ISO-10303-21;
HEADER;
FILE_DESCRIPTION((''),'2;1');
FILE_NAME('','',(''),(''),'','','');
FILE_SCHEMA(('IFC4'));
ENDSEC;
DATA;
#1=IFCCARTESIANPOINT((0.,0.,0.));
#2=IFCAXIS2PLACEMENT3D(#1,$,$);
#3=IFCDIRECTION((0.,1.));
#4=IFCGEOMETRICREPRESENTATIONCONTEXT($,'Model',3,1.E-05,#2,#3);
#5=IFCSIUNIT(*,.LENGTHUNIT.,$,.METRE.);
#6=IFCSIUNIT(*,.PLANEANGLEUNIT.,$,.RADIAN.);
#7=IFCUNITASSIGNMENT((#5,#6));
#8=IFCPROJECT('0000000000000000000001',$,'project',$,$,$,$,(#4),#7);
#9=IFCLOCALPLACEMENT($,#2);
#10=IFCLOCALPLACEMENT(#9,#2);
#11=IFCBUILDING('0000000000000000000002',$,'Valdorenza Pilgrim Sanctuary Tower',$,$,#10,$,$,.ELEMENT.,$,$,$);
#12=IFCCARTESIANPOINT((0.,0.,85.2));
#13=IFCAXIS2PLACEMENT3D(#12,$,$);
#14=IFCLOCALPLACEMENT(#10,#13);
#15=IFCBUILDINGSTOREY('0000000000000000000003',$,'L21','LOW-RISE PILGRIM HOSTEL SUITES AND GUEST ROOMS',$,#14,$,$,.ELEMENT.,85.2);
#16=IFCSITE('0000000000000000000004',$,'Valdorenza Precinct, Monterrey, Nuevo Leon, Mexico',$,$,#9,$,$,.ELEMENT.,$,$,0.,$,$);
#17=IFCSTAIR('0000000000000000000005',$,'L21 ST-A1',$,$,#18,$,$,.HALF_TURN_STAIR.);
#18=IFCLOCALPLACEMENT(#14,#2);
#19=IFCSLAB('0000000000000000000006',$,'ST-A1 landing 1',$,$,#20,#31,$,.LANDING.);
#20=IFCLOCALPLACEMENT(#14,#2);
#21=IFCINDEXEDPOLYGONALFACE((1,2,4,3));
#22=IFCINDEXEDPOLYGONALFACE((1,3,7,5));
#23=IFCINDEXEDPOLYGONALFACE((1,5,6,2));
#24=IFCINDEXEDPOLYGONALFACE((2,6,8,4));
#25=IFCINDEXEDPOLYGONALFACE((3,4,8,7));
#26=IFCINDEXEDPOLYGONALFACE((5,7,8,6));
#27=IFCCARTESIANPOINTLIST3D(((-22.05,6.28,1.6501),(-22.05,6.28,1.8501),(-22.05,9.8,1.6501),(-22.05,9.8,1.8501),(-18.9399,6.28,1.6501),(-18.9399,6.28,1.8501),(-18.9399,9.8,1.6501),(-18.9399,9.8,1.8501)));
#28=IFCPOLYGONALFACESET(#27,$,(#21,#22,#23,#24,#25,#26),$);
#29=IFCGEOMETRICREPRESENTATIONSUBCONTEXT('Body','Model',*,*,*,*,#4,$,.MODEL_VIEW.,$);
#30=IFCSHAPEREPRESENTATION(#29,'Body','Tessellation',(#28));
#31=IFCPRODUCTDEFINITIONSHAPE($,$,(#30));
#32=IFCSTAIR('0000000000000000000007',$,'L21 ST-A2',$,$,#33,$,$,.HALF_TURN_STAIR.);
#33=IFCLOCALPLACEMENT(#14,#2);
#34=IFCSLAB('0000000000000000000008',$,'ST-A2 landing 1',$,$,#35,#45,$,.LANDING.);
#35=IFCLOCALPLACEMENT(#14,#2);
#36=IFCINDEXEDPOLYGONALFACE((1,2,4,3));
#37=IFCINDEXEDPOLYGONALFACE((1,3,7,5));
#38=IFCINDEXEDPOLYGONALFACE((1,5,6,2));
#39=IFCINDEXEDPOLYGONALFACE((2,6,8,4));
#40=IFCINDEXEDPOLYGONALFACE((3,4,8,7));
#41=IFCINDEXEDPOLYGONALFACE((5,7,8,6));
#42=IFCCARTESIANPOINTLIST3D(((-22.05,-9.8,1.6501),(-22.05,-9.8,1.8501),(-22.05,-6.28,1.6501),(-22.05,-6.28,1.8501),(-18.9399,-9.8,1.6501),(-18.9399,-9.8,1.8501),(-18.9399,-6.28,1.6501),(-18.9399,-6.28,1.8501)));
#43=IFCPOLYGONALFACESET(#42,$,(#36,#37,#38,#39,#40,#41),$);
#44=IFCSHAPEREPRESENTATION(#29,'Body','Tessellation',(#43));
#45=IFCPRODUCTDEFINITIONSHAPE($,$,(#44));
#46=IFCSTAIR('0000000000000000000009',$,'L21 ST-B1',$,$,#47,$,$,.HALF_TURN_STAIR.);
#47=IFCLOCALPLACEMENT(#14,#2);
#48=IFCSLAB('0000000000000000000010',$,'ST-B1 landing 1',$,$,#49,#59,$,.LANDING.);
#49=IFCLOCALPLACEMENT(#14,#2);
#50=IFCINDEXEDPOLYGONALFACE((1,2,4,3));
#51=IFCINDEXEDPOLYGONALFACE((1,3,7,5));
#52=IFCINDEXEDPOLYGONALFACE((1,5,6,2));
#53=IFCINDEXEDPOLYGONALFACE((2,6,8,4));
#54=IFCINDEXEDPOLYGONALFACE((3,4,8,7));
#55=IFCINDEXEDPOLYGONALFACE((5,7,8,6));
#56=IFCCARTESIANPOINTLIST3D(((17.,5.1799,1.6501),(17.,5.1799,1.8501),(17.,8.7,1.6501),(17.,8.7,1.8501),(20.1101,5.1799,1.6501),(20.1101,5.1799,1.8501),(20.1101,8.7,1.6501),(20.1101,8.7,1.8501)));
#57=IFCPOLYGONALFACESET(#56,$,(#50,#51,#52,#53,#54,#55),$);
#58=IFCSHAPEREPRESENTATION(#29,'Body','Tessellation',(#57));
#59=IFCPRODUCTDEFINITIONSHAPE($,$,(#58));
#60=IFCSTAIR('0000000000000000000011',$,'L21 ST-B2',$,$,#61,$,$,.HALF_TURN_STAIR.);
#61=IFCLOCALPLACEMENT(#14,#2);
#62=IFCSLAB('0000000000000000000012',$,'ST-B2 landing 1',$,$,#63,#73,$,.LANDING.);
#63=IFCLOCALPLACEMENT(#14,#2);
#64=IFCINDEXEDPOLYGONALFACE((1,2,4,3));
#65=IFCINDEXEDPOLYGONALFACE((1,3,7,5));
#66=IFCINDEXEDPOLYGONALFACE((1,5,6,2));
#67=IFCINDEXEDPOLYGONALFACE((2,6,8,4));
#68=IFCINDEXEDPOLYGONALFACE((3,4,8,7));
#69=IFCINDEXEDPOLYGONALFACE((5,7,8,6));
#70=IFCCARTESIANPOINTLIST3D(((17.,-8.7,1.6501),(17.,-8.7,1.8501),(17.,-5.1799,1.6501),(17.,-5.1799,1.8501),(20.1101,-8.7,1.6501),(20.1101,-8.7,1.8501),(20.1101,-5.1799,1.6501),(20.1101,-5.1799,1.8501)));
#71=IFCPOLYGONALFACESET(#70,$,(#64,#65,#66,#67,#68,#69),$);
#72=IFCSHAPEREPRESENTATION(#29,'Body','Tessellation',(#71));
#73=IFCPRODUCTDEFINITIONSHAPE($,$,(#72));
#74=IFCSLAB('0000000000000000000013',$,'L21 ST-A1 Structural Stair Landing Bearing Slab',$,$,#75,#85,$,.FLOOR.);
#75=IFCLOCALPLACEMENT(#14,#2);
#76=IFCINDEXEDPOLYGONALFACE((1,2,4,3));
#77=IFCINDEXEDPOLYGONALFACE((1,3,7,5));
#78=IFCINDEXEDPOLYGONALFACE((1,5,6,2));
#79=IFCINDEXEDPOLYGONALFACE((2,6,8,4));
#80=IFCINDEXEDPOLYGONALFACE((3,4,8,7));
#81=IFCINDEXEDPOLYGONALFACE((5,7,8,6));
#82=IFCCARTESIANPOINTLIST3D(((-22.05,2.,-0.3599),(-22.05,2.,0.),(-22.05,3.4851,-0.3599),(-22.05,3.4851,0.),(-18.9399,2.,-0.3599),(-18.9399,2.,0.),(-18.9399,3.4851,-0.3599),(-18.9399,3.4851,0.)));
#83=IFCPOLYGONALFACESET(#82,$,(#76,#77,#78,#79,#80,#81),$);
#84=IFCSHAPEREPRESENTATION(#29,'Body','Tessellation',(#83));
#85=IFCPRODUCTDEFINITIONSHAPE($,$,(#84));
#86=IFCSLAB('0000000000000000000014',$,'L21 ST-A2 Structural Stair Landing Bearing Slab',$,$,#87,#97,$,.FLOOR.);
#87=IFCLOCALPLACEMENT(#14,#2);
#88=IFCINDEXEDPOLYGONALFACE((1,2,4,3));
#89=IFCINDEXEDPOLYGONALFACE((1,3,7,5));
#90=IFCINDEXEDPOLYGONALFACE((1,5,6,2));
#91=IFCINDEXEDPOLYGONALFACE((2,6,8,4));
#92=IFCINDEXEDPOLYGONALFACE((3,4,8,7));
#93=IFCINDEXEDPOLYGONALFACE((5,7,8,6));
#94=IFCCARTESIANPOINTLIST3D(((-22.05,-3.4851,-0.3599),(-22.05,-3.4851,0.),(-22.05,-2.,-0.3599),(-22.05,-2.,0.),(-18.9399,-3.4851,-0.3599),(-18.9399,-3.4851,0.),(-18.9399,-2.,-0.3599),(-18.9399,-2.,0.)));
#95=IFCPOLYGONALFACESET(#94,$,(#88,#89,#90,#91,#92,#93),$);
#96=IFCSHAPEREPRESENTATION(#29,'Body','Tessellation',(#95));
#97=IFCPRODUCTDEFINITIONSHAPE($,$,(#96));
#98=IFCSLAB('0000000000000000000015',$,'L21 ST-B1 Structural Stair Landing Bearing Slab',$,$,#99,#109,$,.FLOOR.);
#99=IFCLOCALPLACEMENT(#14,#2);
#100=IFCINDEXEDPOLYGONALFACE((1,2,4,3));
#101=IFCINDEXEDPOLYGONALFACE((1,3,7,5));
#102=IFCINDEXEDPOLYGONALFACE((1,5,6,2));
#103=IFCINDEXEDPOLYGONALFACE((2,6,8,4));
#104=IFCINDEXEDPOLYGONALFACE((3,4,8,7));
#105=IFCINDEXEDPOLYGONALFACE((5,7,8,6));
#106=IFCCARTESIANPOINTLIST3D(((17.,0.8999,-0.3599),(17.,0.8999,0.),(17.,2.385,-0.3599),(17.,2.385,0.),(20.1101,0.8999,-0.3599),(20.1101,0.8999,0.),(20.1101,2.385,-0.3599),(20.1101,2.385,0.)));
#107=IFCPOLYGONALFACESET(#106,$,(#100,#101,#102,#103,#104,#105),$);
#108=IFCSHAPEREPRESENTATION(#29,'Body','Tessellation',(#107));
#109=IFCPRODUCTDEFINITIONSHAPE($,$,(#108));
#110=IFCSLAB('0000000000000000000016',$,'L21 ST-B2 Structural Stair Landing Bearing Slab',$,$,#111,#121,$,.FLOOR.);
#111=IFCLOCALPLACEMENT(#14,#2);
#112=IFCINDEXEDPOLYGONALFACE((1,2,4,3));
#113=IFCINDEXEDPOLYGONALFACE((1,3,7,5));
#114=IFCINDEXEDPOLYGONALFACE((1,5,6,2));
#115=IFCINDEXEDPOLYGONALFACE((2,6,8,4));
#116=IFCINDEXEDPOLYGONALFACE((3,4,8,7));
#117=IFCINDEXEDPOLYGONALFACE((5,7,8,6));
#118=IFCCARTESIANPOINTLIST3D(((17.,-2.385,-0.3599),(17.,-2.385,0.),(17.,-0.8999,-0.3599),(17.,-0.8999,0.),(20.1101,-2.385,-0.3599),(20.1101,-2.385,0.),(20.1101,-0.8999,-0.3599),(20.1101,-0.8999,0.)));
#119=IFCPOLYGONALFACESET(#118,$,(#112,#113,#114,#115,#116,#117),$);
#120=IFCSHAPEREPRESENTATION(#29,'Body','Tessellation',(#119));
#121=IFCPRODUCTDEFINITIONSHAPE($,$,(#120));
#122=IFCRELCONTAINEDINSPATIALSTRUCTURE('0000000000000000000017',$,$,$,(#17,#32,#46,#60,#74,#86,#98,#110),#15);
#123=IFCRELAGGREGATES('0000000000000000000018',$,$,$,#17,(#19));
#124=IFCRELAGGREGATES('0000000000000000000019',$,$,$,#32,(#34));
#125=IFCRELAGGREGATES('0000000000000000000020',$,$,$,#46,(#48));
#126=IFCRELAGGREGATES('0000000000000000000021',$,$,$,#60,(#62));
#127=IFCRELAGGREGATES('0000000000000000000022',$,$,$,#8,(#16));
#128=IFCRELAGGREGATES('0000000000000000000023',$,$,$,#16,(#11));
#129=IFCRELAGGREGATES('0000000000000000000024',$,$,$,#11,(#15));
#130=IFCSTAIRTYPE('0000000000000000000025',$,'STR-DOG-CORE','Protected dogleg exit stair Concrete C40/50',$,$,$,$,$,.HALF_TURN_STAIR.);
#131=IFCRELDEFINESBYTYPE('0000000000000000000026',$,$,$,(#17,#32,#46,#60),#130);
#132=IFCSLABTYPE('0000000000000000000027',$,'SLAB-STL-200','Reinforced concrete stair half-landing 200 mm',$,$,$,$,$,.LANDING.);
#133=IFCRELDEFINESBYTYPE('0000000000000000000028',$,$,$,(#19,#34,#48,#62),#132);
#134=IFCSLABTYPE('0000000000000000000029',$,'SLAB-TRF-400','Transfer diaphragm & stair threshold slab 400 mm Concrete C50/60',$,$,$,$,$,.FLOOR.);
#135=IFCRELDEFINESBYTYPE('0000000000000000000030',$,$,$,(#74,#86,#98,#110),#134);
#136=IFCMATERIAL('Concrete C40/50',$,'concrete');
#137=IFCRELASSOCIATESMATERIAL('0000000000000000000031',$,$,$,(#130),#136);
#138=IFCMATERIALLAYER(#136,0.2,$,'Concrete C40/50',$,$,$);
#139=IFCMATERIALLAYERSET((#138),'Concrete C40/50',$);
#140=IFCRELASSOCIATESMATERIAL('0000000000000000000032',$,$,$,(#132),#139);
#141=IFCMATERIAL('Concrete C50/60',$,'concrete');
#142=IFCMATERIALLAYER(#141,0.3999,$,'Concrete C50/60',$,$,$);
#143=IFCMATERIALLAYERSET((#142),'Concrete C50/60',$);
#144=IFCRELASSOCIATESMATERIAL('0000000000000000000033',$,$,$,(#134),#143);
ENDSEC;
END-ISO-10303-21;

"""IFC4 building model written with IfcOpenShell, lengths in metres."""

from ifc_helpers import new_model, si_unit, direction, frame, origin, place, context, subcontext, project, spatial, polyline, outline, extrude, material, layer, layer_set, type_object, element, aggregate, save


model = new_model("IFC4")

# Units and contexts
model_context = context("Model", 3, precision=1e-05, world=origin(), true_north=direction((0.0, 1.0)))
body_context = subcontext(model_context, "Body", "Model", "MODEL_VIEW")
ifc_project = project(units=[si_unit("LENGTHUNIT", "METRE"), si_unit("PLANEANGLEUNIT", "RADIAN")], contexts=[model_context])

# Site, building, storey
site_placement = place(None, origin())
site = spatial("IfcSite", under=ifc_project, at=site_placement, Name="Valdorenza Precinct, Monterrey, Nuevo Leon, Mexico", CompositionType="ELEMENT", RefElevation=0.0)
building_placement = place(site_placement, origin())
building = spatial("IfcBuilding", under=site, at=building_placement, Name="Valdorenza Pilgrim Sanctuary Tower", CompositionType="ELEMENT")
storey_placement = place(building_placement, frame((0.0, 0.0, 85.2)))
storey = spatial("IfcBuildingStorey", under=building, at=storey_placement, Name="L21", Description="LOW-RISE PILGRIM HOSTEL SUITES AND GUEST ROOMS", CompositionType="ELEMENT", Elevation=85.2)

# Shared definitions
ifc_material_1 = material(Name="Concrete C40/50", Category="concrete")

# Stairs, slabs
stair_type = type_object("IfcStairType", Name="STR-DOG-CORE", Description="Protected dogleg exit stair Concrete C40/50", PredefinedType="HALF_TURN_STAIR", material=ifc_material_1)
stair_1_placement = place(storey_placement, origin())
stair_1 = element("IfcStair", 1, at=stair_1_placement, inside=storey, type_object=stair_type, Name="L21 ST-A1", PredefinedType="HALF_TURN_STAIR")
ifc_layer_1 = layer(ifc_material_1, 0.2, Name="Concrete C40/50")
ifc_layer_set_1 = layer_set([ifc_layer_1], Name="Concrete C40/50")
slab_type_1 = type_object("IfcSlabType", Name="SLAB-STL-200", Description="Reinforced concrete stair half-landing 200 mm", PredefinedType="LANDING", material=ifc_layer_set_1)
slab_1_placement = place(storey_placement, frame((0.0, 0.0, 1.6501)))
slab_1 = element("IfcSlab", 2, at=slab_1_placement, type_object=slab_type_1, Name="ST-A1 landing 1", PredefinedType="LANDING", context=body_context, shape_type="SweptSolid", body=[
    extrude(outline(polyline([(-18.9399, 6.28), (-18.9399, 9.8), (-22.05, 9.8), (-22.05, 6.28), (-18.9399, 6.28)])), origin(), (0.0, 0.0, 1.0), 0.2),
])
aggregate(stair_1, [slab_1])
stair_2_placement = place(storey_placement, origin())
stair_2 = element("IfcStair", 3, at=stair_2_placement, inside=storey, type_object=stair_type, Name="L21 ST-A2", PredefinedType="HALF_TURN_STAIR")
slab_2_placement = place(storey_placement, frame((0.0, 0.0, 1.6501)))
slab_2 = element("IfcSlab", 4, at=slab_2_placement, type_object=slab_type_1, Name="ST-A2 landing 1", PredefinedType="LANDING", context=body_context, shape_type="SweptSolid", body=[
    extrude(outline(polyline([(-22.05, -6.28), (-22.05, -9.8), (-18.9399, -9.8), (-18.9399, -6.28), (-22.05, -6.28)])), origin(), (0.0, 0.0, 1.0), 0.2),
])
aggregate(stair_2, [slab_2])
stair_3_placement = place(storey_placement, origin())
stair_3 = element("IfcStair", 5, at=stair_3_placement, inside=storey, type_object=stair_type, Name="L21 ST-B1", PredefinedType="HALF_TURN_STAIR")
slab_3_placement = place(storey_placement, frame((0.0, 0.0, 1.6501)))
slab_3 = element("IfcSlab", 6, at=slab_3_placement, type_object=slab_type_1, Name="ST-B1 landing 1", PredefinedType="LANDING", context=body_context, shape_type="SweptSolid", body=[
    extrude(outline(polyline([(20.1101, 5.1799), (20.1101, 8.7), (17.0, 8.7), (17.0, 5.1799), (20.1101, 5.1799)])), origin(), (0.0, 0.0, 1.0), 0.2),
])
aggregate(stair_3, [slab_3])
stair_4_placement = place(storey_placement, origin())
stair_4 = element("IfcStair", 7, at=stair_4_placement, inside=storey, type_object=stair_type, Name="L21 ST-B2", PredefinedType="HALF_TURN_STAIR")
slab_4_placement = place(storey_placement, frame((0.0, 0.0, 1.6501)))
slab_4 = element("IfcSlab", 8, at=slab_4_placement, type_object=slab_type_1, Name="ST-B2 landing 1", PredefinedType="LANDING", context=body_context, shape_type="SweptSolid", body=[
    extrude(outline(polyline([(17.0, -5.1799), (17.0, -8.7), (20.1101, -8.7), (20.1101, -5.1799), (17.0, -5.1799)])), origin(), (0.0, 0.0, 1.0), 0.2),
])
aggregate(stair_4, [slab_4])

# Slabs
ifc_material_2 = material(Name="Concrete C50/60", Category="concrete")
ifc_layer_2 = layer(ifc_material_2, 0.3999, Name="Concrete C50/60")
ifc_layer_set_2 = layer_set([ifc_layer_2], Name="Concrete C50/60")
slab_type_2 = type_object("IfcSlabType", Name="SLAB-TRF-400", Description="Transfer diaphragm & stair threshold slab 400 mm Concrete C50/60", PredefinedType="FLOOR", material=ifc_layer_set_2)
slab_5_placement = place(storey_placement, frame((0.0, 0.0, -0.3599)))
element("IfcSlab", 9, at=slab_5_placement, inside=storey, type_object=slab_type_2, Name="L21 ST-A1 Structural Stair Landing Bearing Slab", PredefinedType="FLOOR", context=body_context, shape_type="SweptSolid", body=[
    extrude(outline(polyline([(-22.05, 2.0), (-18.9399, 2.0), (-18.9399, 3.4851), (-22.05, 3.4851), (-22.05, 2.0)])), origin(), (0.0, 0.0, 1.0), 0.3599),
])
slab_6_placement = place(storey_placement, frame((0.0, 0.0, -0.3599)))
element("IfcSlab", 10, at=slab_6_placement, inside=storey, type_object=slab_type_2, Name="L21 ST-A2 Structural Stair Landing Bearing Slab", PredefinedType="FLOOR", context=body_context, shape_type="SweptSolid", body=[
    extrude(outline(polyline([(-22.05, -3.4851), (-18.9399, -3.4851), (-18.9399, -2.0), (-22.05, -2.0), (-22.05, -3.4851)])), origin(), (0.0, 0.0, 1.0), 0.3599),
])
slab_7_placement = place(storey_placement, frame((0.0, 0.0, -0.3599)))
element("IfcSlab", 11, at=slab_7_placement, inside=storey, type_object=slab_type_2, Name="L21 ST-B1 Structural Stair Landing Bearing Slab", PredefinedType="FLOOR", context=body_context, shape_type="SweptSolid", body=[
    extrude(outline(polyline([(17.0, 0.8999), (20.1101, 0.8999), (20.1101, 2.385), (17.0, 2.385), (17.0, 0.8999)])), origin(), (0.0, 0.0, 1.0), 0.3599),
])
slab_8_placement = place(storey_placement, frame((0.0, 0.0, -0.3599)))
element("IfcSlab", 12, at=slab_8_placement, inside=storey, type_object=slab_type_2, Name="L21 ST-B2 Structural Stair Landing Bearing Slab", PredefinedType="FLOOR", context=body_context, shape_type="SweptSolid", body=[
    extrude(outline(polyline([(17.0, -2.385), (20.1101, -2.385), (20.1101, -0.8999), (17.0, -0.8999), (17.0, -2.385)])), origin(), (0.0, 0.0, 1.0), 0.3599),
])

save(model, "model.ifc")
